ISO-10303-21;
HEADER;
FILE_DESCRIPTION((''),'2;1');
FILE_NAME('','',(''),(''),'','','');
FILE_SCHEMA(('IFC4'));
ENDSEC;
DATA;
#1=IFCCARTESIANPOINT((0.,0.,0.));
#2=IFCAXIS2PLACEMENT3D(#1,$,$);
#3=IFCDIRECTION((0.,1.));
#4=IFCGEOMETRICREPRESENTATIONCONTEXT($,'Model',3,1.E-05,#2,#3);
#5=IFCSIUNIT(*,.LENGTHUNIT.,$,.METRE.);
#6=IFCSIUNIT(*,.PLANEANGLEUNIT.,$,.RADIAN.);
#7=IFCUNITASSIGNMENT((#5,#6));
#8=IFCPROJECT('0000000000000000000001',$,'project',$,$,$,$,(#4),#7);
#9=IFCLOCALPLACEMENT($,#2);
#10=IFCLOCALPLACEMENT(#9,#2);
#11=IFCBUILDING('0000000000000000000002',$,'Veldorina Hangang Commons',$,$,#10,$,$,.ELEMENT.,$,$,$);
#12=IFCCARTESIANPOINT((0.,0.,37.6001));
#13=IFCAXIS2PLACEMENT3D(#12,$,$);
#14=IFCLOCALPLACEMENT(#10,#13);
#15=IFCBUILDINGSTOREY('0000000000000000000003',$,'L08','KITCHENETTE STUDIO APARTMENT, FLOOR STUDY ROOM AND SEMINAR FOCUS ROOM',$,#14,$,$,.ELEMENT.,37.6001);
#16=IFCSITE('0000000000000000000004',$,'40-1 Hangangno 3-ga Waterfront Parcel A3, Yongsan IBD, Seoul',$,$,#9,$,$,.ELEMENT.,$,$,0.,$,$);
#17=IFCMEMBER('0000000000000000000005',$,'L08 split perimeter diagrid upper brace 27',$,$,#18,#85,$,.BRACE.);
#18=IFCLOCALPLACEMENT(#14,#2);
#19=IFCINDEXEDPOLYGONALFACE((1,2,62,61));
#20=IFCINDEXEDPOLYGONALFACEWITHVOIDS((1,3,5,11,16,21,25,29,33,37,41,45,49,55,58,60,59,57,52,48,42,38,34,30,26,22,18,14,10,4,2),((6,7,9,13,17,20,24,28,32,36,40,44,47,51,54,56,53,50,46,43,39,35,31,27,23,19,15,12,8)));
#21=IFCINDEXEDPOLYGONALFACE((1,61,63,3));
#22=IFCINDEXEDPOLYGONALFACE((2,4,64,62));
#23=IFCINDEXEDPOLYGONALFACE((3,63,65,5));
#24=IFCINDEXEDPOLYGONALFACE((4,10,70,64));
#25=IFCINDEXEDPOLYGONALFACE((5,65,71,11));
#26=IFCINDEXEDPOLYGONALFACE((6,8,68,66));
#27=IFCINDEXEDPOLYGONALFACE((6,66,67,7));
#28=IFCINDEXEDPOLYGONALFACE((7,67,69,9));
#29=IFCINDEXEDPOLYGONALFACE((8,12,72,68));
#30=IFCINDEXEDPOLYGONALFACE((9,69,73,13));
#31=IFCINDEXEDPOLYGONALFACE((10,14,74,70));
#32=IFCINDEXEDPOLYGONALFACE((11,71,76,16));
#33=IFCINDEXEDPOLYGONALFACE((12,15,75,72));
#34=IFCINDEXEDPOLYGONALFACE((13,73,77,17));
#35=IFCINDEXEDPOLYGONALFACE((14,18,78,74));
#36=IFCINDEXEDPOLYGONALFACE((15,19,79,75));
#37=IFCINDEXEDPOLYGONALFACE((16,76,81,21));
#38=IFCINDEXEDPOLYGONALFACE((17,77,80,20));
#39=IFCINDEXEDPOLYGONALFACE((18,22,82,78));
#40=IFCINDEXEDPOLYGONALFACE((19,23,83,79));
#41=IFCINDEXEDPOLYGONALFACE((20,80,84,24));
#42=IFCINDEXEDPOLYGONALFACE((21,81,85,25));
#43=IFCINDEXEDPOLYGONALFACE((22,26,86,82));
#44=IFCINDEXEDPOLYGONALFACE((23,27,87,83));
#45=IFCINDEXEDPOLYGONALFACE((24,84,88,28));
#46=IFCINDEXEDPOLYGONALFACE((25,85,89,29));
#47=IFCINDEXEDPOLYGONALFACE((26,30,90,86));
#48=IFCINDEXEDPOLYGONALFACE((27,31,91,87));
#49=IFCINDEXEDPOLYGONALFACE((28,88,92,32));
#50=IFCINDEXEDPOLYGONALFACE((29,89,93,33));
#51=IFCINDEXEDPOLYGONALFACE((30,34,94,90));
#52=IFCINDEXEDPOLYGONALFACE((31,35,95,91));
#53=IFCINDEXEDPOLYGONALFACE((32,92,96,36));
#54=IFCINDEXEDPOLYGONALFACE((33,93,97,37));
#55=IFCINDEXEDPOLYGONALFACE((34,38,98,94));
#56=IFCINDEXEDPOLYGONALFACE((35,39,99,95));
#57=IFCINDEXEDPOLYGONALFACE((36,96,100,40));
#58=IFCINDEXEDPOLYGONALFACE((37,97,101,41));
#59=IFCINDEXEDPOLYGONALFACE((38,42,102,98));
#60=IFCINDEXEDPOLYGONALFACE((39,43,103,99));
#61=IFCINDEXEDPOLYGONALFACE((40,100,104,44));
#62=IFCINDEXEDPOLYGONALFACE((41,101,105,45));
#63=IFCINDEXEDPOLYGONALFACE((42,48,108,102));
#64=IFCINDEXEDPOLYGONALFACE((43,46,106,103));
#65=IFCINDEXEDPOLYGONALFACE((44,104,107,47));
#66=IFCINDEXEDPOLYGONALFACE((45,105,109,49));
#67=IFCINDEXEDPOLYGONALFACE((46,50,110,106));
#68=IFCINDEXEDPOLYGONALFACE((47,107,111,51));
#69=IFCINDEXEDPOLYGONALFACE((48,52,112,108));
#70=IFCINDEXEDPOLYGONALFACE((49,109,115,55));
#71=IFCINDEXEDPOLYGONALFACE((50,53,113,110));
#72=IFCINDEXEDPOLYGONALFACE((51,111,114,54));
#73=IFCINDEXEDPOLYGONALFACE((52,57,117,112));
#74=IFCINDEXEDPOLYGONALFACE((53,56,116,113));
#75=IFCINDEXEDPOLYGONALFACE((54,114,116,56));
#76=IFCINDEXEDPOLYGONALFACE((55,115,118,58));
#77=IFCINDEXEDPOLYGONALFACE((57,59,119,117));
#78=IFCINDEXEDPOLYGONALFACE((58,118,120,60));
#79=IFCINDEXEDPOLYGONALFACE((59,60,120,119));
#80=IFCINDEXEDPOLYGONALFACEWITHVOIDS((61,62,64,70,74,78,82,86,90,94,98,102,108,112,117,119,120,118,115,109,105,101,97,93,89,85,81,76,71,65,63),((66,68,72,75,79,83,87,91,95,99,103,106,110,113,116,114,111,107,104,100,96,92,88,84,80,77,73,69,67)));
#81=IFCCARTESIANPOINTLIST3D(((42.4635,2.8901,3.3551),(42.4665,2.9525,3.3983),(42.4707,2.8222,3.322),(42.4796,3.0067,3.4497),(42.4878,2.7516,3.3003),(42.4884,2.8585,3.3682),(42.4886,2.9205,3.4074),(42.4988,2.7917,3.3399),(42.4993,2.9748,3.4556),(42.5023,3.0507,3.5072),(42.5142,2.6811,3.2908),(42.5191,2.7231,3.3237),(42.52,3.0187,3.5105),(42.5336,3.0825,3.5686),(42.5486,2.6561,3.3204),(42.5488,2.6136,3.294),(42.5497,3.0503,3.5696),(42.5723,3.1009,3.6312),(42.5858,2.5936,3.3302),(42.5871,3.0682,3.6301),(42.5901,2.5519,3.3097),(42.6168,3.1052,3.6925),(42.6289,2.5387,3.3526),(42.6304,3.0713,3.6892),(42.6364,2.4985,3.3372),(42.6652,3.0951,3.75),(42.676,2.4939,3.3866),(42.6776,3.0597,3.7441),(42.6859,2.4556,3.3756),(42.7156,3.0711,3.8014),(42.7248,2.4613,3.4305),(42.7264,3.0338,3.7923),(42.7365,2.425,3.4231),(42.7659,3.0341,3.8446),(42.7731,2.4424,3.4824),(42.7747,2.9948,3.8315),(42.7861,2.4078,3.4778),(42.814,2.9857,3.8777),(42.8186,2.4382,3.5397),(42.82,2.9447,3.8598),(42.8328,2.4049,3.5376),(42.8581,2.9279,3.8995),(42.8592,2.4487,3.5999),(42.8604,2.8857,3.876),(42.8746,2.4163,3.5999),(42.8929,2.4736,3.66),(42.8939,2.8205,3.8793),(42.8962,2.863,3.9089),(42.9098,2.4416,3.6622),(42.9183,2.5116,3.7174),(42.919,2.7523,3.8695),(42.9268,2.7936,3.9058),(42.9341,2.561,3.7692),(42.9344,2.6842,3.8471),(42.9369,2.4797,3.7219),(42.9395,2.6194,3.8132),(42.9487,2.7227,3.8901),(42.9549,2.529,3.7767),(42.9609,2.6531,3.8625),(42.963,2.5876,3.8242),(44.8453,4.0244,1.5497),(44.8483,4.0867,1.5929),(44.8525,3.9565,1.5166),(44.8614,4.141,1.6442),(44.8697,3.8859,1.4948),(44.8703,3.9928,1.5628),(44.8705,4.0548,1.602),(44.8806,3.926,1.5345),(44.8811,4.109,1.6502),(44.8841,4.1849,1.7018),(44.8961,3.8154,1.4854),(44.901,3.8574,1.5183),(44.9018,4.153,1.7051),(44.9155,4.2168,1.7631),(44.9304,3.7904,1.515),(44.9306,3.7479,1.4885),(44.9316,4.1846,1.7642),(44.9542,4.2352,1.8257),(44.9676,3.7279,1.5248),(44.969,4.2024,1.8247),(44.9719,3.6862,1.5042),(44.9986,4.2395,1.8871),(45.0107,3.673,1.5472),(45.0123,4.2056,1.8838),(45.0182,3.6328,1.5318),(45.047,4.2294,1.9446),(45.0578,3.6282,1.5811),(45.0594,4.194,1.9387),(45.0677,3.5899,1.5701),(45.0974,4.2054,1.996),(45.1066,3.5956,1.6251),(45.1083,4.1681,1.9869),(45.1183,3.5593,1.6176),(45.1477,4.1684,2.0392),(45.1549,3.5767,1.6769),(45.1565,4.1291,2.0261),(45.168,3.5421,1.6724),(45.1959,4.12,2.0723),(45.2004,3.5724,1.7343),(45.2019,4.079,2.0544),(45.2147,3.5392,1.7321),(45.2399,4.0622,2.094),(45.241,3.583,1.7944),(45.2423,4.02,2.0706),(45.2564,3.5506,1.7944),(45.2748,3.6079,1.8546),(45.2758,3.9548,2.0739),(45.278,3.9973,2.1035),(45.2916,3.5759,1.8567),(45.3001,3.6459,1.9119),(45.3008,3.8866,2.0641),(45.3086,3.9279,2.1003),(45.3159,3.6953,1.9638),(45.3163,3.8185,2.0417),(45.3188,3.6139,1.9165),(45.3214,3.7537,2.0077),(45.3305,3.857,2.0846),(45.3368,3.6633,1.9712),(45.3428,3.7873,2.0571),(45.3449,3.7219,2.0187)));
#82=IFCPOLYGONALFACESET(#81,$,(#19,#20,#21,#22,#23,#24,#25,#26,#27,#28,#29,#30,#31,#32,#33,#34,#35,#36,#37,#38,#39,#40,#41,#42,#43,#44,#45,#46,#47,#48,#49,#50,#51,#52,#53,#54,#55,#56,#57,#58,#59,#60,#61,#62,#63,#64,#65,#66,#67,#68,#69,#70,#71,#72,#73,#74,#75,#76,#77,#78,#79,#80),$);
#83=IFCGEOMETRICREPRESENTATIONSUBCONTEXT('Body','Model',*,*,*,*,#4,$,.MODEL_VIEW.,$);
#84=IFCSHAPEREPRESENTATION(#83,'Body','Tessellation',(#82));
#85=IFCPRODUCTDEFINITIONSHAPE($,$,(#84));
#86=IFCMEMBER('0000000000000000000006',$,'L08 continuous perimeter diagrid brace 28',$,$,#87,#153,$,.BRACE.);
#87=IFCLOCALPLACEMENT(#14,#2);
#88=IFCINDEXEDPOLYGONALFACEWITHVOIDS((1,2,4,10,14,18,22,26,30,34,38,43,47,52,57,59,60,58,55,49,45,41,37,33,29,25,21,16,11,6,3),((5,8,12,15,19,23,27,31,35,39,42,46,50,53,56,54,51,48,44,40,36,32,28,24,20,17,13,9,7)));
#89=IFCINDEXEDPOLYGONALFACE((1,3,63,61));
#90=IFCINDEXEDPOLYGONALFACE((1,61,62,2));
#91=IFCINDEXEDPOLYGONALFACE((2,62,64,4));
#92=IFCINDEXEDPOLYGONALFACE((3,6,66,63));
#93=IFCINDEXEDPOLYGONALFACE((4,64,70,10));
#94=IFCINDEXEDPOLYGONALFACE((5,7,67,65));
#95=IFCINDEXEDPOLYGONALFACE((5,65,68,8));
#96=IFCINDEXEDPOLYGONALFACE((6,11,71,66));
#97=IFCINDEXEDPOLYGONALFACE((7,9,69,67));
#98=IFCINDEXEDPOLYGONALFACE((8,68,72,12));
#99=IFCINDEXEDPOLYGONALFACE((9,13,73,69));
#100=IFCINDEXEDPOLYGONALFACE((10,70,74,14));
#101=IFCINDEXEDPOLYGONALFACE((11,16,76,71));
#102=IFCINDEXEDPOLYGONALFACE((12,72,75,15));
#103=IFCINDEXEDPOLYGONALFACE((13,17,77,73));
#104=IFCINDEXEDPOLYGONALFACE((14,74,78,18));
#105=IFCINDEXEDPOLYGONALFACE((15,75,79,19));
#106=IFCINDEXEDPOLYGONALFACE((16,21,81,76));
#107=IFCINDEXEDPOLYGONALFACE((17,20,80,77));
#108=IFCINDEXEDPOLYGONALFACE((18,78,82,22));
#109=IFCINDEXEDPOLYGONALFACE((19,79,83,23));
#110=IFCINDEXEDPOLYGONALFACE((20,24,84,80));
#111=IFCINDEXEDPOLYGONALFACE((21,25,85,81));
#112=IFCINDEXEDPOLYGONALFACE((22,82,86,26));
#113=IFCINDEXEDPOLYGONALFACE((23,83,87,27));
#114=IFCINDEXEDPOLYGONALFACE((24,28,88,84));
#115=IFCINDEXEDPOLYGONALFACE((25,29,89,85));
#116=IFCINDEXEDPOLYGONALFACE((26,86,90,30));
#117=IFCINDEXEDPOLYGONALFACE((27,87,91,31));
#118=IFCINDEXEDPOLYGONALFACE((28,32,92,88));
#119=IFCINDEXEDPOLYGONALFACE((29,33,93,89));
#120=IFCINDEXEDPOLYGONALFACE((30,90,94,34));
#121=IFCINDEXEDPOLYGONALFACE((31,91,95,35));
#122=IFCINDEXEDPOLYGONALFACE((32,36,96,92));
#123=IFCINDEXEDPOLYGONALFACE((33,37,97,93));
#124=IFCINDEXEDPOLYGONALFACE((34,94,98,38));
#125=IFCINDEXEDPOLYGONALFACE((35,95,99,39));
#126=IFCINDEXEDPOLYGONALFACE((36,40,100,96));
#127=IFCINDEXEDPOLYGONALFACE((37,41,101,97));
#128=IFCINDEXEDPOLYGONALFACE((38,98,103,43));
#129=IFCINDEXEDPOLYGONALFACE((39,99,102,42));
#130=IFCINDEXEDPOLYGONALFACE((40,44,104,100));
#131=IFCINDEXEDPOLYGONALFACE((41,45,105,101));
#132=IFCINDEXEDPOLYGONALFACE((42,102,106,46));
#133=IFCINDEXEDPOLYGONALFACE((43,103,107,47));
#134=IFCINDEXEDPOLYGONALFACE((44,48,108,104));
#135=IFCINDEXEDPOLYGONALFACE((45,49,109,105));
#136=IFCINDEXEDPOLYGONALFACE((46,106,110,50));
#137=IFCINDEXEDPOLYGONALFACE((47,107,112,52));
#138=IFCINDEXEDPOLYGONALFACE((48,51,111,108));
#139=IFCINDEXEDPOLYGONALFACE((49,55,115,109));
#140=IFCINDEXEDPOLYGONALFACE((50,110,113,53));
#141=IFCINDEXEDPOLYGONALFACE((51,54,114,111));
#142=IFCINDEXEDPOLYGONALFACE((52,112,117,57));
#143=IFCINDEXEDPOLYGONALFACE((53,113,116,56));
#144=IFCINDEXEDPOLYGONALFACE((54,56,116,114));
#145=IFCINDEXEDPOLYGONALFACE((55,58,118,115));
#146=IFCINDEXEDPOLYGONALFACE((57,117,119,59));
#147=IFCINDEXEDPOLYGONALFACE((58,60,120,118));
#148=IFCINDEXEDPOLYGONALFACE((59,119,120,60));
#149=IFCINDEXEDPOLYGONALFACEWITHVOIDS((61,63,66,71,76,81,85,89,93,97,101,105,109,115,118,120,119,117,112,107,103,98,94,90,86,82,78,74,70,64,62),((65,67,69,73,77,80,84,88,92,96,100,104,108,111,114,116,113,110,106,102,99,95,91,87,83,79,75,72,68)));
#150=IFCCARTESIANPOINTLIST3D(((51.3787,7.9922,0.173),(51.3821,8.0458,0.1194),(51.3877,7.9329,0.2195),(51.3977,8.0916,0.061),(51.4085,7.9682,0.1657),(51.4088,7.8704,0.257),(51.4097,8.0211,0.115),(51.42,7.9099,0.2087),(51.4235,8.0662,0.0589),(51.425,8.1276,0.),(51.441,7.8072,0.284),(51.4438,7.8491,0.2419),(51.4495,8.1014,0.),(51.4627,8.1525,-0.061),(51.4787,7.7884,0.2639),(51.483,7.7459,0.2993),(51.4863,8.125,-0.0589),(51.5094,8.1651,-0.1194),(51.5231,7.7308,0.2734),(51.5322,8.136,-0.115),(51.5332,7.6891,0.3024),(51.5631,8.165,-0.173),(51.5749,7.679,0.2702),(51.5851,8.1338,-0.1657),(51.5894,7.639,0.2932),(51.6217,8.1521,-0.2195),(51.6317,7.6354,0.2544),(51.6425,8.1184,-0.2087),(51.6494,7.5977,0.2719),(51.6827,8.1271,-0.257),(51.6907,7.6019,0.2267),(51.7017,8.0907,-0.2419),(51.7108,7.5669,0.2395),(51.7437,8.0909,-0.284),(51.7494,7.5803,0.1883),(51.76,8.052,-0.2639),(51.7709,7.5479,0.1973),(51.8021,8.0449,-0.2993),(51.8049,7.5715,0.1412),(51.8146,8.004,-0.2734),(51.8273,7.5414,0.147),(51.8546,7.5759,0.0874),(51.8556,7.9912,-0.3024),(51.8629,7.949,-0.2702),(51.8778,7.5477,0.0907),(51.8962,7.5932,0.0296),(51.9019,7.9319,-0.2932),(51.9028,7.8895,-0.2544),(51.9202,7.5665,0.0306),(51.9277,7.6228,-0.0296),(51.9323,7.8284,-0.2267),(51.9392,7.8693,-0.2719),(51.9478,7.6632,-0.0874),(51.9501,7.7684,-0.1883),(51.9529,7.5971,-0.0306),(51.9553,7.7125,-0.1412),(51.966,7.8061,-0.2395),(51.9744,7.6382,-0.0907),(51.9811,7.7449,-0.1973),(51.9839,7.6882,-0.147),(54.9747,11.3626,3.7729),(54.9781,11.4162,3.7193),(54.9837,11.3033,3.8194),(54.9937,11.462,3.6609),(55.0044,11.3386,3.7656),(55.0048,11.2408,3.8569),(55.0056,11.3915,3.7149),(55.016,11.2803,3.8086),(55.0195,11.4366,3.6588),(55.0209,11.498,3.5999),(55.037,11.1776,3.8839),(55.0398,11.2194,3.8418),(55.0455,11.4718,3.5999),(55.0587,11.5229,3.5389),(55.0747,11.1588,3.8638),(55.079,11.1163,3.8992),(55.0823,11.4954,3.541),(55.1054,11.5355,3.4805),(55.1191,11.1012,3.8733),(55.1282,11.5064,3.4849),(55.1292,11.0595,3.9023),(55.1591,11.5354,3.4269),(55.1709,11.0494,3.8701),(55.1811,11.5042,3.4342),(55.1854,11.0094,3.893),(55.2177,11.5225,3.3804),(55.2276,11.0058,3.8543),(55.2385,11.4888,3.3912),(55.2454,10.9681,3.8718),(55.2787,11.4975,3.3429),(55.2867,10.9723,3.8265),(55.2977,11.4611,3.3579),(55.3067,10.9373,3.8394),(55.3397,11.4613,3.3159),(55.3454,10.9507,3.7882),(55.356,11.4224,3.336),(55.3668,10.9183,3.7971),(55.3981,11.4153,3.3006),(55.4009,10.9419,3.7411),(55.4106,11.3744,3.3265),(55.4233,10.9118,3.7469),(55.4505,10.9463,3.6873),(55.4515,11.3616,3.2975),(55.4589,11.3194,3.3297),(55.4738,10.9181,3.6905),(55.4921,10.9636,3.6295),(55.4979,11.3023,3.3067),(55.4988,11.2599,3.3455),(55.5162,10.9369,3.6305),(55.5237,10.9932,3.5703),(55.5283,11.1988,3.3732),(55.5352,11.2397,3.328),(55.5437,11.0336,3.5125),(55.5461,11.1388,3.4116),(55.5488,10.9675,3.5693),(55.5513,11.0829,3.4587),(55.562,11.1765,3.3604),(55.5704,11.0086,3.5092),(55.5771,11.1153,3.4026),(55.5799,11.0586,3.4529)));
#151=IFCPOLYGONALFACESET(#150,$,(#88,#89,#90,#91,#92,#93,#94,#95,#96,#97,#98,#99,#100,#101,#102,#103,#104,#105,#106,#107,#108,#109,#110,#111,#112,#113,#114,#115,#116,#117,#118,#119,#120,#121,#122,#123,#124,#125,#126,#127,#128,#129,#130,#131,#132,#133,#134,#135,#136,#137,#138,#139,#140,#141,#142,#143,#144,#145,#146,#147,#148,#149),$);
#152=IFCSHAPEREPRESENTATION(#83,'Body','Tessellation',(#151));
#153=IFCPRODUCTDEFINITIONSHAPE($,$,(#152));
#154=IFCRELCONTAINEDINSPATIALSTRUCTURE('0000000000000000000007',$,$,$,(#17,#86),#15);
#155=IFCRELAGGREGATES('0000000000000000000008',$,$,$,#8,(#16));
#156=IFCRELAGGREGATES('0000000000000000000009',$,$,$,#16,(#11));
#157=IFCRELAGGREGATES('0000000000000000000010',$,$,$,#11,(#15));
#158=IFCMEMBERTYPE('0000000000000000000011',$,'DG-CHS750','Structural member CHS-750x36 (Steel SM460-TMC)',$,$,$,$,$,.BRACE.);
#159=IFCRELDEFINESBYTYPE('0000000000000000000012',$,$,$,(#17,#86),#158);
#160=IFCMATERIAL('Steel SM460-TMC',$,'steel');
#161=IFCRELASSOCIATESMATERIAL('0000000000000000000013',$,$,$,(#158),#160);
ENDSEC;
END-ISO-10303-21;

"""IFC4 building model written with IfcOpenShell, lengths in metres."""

from ifc_helpers import new_model, si_unit, direction, frame, origin, origin_2d, place, context, subcontext, project, spatial, hollow_circle, extrude, material, material_profile, profile_set, type_object, element, save


model = new_model("IFC4")

# Units and contexts
model_context = context("Model", 3, precision=1e-05, world=origin(), true_north=direction((0.0, 1.0)))
body_context = subcontext(model_context, "Body", "Model", "MODEL_VIEW")
ifc_project = project(units=[si_unit("LENGTHUNIT", "METRE"), si_unit("PLANEANGLEUNIT", "RADIAN")], contexts=[model_context])

# Site, building, storey
site_placement = place(None, origin())
site = spatial("IfcSite", under=ifc_project, at=site_placement, Name="40-1 Hangangno 3-ga Waterfront Parcel A3, Yongsan IBD, Seoul", CompositionType="ELEMENT", RefElevation=0.0)
building_placement = place(site_placement, origin())
building = spatial("IfcBuilding", under=site, at=building_placement, Name="Veldorina Hangang Commons", CompositionType="ELEMENT")
storey_placement = place(building_placement, frame((0.0, 0.0, 37.6001)))
storey = spatial("IfcBuildingStorey", under=building, at=storey_placement, Name="L08", Description="KITCHENETTE STUDIO APARTMENT, FLOOR STUDY ROOM AND SEMINAR FOCUS ROOM", CompositionType="ELEMENT", Elevation=37.6001)

# Shared definitions
ifc_material_1 = material(Name="Steel SM460-TMC", Category="steel")

# Members
ifc_material_profile_1 = material_profile(ifc_material_1, hollow_circle(Radius=0.375, WallThickness=0.0359, at=origin_2d()), Name="CHS-750x36")
ifc_profile_set_1 = profile_set([ifc_material_profile_1], Name="Steel SM460-TMC")
member_type = type_object("IfcMemberType", Name="DG-CHS750", Description="Structural member CHS-750x36 (Steel SM460-TMC)", PredefinedType="BRACE", material=ifc_profile_set_1)
member_1_placement = place(storey_placement, frame((45.0952, 3.8892, 1.7944), z_axis=(-0.745078, -0.354821, 0.564766), x_axis=(0.429955, -0.90285, 0.0)))
element("IfcMember", 1, at=member_1_placement, inside=storey, type_object=member_type, Name="L08 split perimeter diagrid upper brace 27", PredefinedType="BRACE", context=body_context, shape_type="SweptSolid", body=[
    extrude(hollow_circle(Radius=0.375, WallThickness=0.0359, at=origin_2d()), origin(), (0.0, 0.0, 1.0), 3.1968),
])
member_2_placement = place(storey_placement, frame((51.6814, 7.854, 0.0), z_axis=(0.58919, 0.552228, 0.58983), x_axis=(-0.68385, 0.729622, 0.0)))
element("IfcMember", 2, at=member_2_placement, inside=storey, type_object=member_type, Name="L08 continuous perimeter diagrid brace 28", PredefinedType="BRACE", context=body_context, shape_type="SweptSolid", body=[
    extrude(hollow_circle(Radius=0.375, WallThickness=0.0359, at=origin_2d()), origin(), (0.0, 0.0, 1.0), 6.1033),
])

save(model, "model.ifc")
